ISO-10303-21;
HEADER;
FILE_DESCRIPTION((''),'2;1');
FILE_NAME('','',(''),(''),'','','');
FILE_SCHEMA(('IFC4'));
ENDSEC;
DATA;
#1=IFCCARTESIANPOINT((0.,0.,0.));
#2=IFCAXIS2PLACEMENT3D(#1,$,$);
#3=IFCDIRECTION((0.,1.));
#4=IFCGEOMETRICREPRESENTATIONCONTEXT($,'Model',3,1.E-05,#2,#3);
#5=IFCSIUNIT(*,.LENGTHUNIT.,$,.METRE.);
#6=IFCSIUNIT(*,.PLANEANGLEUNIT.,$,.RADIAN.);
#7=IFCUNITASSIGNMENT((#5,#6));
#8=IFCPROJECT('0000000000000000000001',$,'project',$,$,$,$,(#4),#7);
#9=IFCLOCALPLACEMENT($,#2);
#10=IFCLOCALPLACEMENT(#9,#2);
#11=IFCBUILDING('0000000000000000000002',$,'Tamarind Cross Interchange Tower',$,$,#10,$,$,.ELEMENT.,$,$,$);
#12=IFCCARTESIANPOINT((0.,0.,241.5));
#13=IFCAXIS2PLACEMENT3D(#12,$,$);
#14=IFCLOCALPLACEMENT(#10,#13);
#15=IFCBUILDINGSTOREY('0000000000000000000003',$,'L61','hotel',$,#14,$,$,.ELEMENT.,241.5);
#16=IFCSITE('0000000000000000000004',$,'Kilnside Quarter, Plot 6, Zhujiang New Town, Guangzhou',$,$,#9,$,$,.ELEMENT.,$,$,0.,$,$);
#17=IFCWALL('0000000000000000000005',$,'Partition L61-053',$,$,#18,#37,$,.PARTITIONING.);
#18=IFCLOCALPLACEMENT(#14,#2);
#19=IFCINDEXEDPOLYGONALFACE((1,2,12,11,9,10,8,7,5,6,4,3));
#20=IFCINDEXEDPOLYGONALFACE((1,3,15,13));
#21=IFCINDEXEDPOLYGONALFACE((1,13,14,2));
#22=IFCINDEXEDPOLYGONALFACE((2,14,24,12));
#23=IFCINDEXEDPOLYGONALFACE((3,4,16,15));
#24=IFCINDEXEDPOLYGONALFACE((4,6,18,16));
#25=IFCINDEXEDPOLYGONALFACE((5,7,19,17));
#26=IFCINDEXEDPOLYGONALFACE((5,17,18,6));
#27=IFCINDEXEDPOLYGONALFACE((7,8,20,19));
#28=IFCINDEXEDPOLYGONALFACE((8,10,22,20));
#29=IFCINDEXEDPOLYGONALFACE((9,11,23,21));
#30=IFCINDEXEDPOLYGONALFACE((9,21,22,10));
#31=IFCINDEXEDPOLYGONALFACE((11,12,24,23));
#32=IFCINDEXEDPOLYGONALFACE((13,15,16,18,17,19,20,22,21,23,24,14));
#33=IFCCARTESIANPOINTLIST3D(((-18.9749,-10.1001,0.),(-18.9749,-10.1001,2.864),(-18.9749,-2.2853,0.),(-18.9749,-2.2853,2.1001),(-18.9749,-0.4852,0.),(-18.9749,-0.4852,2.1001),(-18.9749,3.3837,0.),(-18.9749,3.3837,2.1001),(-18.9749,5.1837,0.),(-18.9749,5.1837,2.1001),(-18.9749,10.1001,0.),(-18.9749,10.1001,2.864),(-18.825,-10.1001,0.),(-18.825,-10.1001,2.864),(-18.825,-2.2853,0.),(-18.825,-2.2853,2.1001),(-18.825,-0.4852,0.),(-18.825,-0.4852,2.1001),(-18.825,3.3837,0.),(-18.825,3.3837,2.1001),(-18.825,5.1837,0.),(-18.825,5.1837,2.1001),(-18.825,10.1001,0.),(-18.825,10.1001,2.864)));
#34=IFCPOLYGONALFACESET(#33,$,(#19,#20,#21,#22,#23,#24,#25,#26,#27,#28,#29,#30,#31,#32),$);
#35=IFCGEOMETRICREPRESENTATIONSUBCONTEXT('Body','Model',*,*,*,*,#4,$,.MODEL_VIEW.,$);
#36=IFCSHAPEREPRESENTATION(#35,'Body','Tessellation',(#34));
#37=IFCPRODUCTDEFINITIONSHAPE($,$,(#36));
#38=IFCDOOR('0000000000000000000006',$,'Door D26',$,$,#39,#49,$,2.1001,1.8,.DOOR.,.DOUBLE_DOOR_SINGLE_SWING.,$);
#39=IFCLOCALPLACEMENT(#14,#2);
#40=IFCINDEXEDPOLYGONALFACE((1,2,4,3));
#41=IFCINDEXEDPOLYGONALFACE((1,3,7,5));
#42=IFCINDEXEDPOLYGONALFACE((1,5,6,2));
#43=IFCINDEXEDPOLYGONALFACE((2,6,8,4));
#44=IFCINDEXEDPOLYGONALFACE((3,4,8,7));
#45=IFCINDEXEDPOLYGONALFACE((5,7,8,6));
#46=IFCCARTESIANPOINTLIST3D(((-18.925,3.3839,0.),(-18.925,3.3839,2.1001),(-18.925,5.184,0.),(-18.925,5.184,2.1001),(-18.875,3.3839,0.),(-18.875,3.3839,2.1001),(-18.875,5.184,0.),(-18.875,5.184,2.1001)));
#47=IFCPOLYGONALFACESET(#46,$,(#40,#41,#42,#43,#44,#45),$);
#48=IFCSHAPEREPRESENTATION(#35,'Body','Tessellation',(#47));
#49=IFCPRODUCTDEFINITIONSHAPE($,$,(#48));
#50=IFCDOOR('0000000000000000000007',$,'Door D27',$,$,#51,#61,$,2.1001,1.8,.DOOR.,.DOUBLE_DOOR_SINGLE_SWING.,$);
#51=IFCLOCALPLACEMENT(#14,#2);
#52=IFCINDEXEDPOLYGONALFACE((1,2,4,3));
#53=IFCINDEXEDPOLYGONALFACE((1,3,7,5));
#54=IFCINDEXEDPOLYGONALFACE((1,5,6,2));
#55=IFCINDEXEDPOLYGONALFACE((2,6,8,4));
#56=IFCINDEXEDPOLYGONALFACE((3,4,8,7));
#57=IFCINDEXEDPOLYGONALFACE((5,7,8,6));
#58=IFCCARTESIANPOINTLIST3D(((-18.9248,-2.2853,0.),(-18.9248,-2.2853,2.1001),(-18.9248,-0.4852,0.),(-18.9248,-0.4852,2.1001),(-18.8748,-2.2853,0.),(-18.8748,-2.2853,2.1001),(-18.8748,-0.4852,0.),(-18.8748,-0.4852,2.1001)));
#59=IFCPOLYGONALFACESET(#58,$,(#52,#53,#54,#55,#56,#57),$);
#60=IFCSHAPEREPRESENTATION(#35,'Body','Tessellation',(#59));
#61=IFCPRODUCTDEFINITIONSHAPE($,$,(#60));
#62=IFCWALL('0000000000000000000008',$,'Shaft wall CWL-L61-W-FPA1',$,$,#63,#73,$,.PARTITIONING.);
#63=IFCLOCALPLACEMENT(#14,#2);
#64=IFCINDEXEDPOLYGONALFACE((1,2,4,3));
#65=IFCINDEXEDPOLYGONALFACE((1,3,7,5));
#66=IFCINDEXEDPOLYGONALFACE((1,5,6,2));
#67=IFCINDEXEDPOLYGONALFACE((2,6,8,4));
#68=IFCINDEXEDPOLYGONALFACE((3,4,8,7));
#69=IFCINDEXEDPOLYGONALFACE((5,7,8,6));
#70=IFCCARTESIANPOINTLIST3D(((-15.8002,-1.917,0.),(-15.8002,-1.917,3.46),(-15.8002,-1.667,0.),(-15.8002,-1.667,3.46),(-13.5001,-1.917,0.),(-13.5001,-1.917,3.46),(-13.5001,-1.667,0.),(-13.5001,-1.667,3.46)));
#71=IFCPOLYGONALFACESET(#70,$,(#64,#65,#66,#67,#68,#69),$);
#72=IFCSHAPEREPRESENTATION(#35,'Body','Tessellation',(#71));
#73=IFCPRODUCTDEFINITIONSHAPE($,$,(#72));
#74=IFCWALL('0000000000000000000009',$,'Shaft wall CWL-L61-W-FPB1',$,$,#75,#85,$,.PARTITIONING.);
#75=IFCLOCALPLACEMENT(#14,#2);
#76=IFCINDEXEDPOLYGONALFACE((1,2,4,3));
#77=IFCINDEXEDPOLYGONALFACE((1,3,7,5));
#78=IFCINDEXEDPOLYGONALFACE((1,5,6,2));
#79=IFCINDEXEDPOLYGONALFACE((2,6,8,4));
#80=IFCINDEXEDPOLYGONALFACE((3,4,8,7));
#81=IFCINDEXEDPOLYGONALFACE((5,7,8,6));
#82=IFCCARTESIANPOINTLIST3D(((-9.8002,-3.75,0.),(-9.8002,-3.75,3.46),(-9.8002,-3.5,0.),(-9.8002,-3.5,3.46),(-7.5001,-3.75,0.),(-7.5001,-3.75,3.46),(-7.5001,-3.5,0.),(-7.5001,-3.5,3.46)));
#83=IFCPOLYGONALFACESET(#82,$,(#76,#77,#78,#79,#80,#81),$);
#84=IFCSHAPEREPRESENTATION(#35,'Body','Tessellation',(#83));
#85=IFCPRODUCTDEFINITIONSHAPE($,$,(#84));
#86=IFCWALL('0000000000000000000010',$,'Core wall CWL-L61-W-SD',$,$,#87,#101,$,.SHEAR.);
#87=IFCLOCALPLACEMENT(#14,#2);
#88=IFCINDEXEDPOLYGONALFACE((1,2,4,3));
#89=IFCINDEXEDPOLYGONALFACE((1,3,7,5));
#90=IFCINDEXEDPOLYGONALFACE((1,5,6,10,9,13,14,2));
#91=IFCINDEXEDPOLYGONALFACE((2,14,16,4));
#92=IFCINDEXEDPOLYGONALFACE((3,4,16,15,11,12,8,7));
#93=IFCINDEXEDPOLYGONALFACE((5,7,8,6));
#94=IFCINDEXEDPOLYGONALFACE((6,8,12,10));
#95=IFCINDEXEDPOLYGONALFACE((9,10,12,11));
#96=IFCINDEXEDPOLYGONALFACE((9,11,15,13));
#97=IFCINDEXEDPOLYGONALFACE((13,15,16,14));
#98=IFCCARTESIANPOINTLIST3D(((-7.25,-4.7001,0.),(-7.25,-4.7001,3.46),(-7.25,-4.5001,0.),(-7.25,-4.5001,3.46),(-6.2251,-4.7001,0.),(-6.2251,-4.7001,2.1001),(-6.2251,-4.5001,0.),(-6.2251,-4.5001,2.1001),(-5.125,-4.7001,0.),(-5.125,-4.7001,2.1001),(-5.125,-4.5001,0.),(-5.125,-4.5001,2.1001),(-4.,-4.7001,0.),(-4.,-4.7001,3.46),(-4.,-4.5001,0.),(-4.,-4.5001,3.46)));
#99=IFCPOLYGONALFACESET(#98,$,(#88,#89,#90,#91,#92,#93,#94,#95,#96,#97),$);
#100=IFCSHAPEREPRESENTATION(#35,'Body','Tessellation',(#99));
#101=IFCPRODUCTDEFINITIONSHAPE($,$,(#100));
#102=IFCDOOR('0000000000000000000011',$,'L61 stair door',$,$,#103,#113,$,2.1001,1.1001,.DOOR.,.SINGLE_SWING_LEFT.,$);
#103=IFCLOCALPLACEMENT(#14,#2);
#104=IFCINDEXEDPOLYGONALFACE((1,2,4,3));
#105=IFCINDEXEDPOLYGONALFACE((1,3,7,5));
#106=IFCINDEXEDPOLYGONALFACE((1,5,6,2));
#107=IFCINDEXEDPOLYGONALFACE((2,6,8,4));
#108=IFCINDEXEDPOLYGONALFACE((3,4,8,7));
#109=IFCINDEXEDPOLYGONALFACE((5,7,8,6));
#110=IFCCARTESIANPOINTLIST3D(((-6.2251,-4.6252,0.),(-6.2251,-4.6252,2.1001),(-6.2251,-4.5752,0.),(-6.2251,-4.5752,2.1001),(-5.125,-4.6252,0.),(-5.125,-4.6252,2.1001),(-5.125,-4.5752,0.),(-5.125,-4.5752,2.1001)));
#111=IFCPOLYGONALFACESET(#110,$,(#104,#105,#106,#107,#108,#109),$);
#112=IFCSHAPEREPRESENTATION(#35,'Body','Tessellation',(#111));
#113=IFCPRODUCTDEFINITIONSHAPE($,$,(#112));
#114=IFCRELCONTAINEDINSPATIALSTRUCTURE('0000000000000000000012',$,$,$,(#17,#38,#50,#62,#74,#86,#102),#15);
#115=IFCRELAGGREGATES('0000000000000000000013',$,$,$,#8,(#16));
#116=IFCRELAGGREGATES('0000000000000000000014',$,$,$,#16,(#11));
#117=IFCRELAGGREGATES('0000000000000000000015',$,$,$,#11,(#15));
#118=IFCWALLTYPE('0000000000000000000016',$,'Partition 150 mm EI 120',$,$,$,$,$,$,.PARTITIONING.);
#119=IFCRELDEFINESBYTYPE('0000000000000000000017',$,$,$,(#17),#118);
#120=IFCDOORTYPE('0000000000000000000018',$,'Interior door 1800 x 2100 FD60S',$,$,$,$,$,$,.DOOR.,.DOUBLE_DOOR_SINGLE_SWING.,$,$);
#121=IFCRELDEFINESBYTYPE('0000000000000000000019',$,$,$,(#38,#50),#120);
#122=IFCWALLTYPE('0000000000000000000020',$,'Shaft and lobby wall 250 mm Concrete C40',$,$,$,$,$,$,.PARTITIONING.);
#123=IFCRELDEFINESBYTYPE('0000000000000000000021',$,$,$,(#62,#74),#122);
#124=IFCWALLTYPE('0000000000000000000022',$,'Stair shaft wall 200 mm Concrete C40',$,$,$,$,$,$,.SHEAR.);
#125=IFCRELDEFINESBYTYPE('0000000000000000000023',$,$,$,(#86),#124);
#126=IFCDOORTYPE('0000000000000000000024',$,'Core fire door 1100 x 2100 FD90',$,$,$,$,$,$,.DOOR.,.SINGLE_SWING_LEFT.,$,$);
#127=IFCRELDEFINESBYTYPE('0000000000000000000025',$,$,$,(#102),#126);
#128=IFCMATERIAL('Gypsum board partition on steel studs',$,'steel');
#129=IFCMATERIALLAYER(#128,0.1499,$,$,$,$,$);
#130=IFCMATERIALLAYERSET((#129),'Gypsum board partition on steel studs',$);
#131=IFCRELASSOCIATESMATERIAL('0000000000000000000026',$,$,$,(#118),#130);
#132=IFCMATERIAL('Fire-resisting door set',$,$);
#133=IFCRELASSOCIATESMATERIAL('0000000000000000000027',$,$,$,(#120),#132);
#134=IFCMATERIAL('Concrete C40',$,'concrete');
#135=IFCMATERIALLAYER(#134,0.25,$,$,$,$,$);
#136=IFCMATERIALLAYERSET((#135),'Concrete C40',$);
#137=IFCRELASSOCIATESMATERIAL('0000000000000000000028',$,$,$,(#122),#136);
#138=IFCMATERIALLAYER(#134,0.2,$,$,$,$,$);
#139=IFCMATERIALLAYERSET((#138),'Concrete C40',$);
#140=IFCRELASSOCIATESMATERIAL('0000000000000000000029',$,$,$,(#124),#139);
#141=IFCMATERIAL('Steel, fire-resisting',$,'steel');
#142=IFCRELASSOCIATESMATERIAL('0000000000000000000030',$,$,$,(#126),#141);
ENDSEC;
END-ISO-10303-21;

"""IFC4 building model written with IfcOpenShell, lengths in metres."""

from ifc_helpers import new_model, si_unit, direction, frame, frame_2d, origin, place, context, subcontext, project, spatial, rectangle, extrude, material, layer, layer_set, type_object, element, fill, save


model = new_model("IFC4")

# Units and contexts
model_context = context("Model", 3, precision=1e-05, world=origin(), true_north=direction((0.0, 1.0)))
body_context = subcontext(model_context, "Body", "Model", "MODEL_VIEW")
ifc_project = project(units=[si_unit("LENGTHUNIT", "METRE"), si_unit("PLANEANGLEUNIT", "RADIAN")], contexts=[model_context])

# Site, building, storey
site_placement = place(None, origin())
site = spatial("IfcSite", under=ifc_project, at=site_placement, Name="Kilnside Quarter, Plot 6, Zhujiang New Town, Guangzhou", CompositionType="ELEMENT", RefElevation=0.0)
building_placement = place(site_placement, origin())
building = spatial("IfcBuilding", under=site, at=building_placement, Name="Tamarind Cross Interchange Tower", CompositionType="ELEMENT")
storey_placement = place(building_placement, frame((0.0, 0.0, 241.5)))
storey = spatial("IfcBuildingStorey", under=building, at=storey_placement, Name="L61", Description="hotel", CompositionType="ELEMENT", Elevation=241.5)

# Shared definitions
ifc_material_1 = material(Name="Steel, fire-resisting", Category="steel")

# Shared definitions
ifc_material_2 = material(Name="Gypsum board partition on steel studs", Category="steel")
ifc_layer_1 = layer(ifc_material_2, 0.1499)
ifc_layer_set_1 = layer_set([ifc_layer_1], Name="Gypsum board partition on steel studs")
wall_type_1 = type_object("IfcWallType", Name="Partition 150 mm EI 120", PredefinedType="PARTITIONING", material=ifc_layer_set_1)

# Wall, openings, doors
wall_1_placement = place(storey_placement, frame((-18.8999, -10.1001, 0.0), z_axis=(0.0, 0.0, 1.0), x_axis=(0.0, 1.0, 0.0)))
wall_1 = element("IfcWall", 1, at=wall_1_placement, inside=storey, type_object=wall_type_1, Name="Partition L61-053", PredefinedType="PARTITIONING", context=body_context, shape_type="SweptSolid", body=[
    extrude(rectangle(XDim=20.2002, YDim=0.1499, at=frame_2d((10.1001, 0.0))), origin(), (0.0, 0.0, 1.0), 2.864),
])
opening_1_placement = place(wall_1_placement, frame((13.4839, 0.0, 0.0)))
opening_1 = element("IfcOpeningElement", 2, at=opening_1_placement, cuts=wall_1, PredefinedType="OPENING", context=body_context, shape_type="SweptSolid", body=[
    extrude(rectangle(XDim=1.8, YDim=2.1001, at=frame_2d((0.8999, 1.05))), frame((0.0, 0.085, 0.0), z_axis=(0.0, -1.0, 0.0), x_axis=(1.0, 0.0, 0.0)), (0.0, 0.0, 1.0), 0.1699),
])
opening_2_placement = place(wall_1_placement, frame((7.8149, 0.0, 0.0)))
opening_2 = element("IfcOpeningElement", 3, at=opening_2_placement, cuts=wall_1, PredefinedType="OPENING", context=body_context, shape_type="SweptSolid", body=[
    extrude(rectangle(XDim=1.8, YDim=2.1001, at=frame_2d((0.8999, 1.05))), frame((0.0, 0.085, 0.0), z_axis=(0.0, -1.0, 0.0), x_axis=(1.0, 0.0, 0.0)), (0.0, 0.0, 1.0), 0.1699),
])
ifc_material_3 = material(Name="Fire-resisting door set")
door_type_1 = type_object("IfcDoorType", Name="Interior door 1800 x 2100 FD60S", OperationType="DOUBLE_DOOR_SINGLE_SWING", PredefinedType="DOOR", material=ifc_material_3)
door_1_placement = place(opening_1_placement, frame((1.8, 0.0, 0.0), z_axis=(0.0, 0.0, 1.0), x_axis=(-1.0, 0.0, 0.0)))
door_1 = element("IfcDoor", 4, at=door_1_placement, inside=storey, type_object=door_type_1, Name="Door D26", OperationType="DOUBLE_DOOR_SINGLE_SWING", OverallHeight=2.1001, OverallWidth=1.8, PredefinedType="DOOR", context=body_context, shape_type="SweptSolid", body=[
    extrude(rectangle(XDim=1.8, YDim=2.1001, at=frame_2d((0.8999, 1.05))), frame((0.0, 0.0249, 0.0), z_axis=(0.0, -1.0, 0.0), x_axis=(1.0, 0.0, 0.0)), (0.0, 0.0, 1.0), 0.05),
])
fill(opening_1, door_1)
door_2_placement = place(opening_2_placement, origin())
door_2 = element("IfcDoor", 5, at=door_2_placement, inside=storey, type_object=door_type_1, Name="Door D27", OperationType="DOUBLE_DOOR_SINGLE_SWING", OverallHeight=2.1001, OverallWidth=1.8, PredefinedType="DOOR", context=body_context, shape_type="SweptSolid", body=[
    extrude(rectangle(XDim=1.8, YDim=2.1001, at=frame_2d((0.8999, 1.05))), frame((0.0, 0.0249, 0.0), z_axis=(0.0, -1.0, 0.0), x_axis=(1.0, 0.0, 0.0)), (0.0, 0.0, 1.0), 0.05),
])
fill(opening_2, door_2)

# Walls
ifc_material_4 = material(Name="Concrete C40", Category="concrete")
ifc_layer_2 = layer(ifc_material_4, 0.25)
ifc_layer_set_2 = layer_set([ifc_layer_2], Name="Concrete C40")
wall_type_2 = type_object("IfcWallType", Name="Shaft and lobby wall 250 mm Concrete C40", PredefinedType="PARTITIONING", material=ifc_layer_set_2)
for number, where, z_axis, x_axis, name in (
    (6, (-15.8, -1.792, 0.0), (0.0, 0.0, 1.0), (1.0, 0.0, 0.0), "Shaft wall CWL-L61-W-FPA1"),
    (7, (-9.8, -3.625, 0.0), (0.0, 0.0, 1.0), (1.0, 0.0, 0.0), "Shaft wall CWL-L61-W-FPB1"),
):
    element("IfcWall", number, at=place(storey_placement, frame(where, z_axis=z_axis, x_axis=x_axis)), inside=storey, type_object=wall_type_2, Name=name, PredefinedType="PARTITIONING", context=body_context, shape_type="SweptSolid", body=[
        extrude(rectangle(XDim=2.3, YDim=0.25, at=frame_2d((1.1499, 0.0))), origin(), (0.0, 0.0, 1.0), 3.46),
    ])

# Wall, opening, door
ifc_layer_3 = layer(ifc_material_4, 0.2)
ifc_layer_set_3 = layer_set([ifc_layer_3], Name="Concrete C40")
wall_type_3 = type_object("IfcWallType", Name="Stair shaft wall 200 mm Concrete C40", PredefinedType="SHEAR", material=ifc_layer_set_3)
wall_2_placement = place(storey_placement, frame((-7.25, -4.6001, 0.0), z_axis=(0.0, 0.0, 1.0), x_axis=(1.0, 0.0, 0.0)))
wall_2 = element("IfcWall", 8, at=wall_2_placement, inside=storey, type_object=wall_type_3, Name="Core wall CWL-L61-W-SD", PredefinedType="SHEAR", context=body_context, shape_type="SweptSolid", body=[
    extrude(rectangle(XDim=3.25, YDim=0.2, at=frame_2d((1.625, 0.0))), origin(), (0.0, 0.0, 1.0), 3.46),
])
opening_3_placement = place(wall_2_placement, frame((1.0249, 0.0, 0.0)))
opening_3 = element("IfcOpeningElement", 9, at=opening_3_placement, cuts=wall_2, PredefinedType="OPENING", context=body_context, shape_type="SweptSolid", body=[
    extrude(rectangle(XDim=1.1001, YDim=2.1001, at=frame_2d((0.55, 1.05))), frame((0.0, 0.1099, 0.0), z_axis=(0.0, -1.0, 0.0), x_axis=(1.0, 0.0, 0.0)), (0.0, 0.0, 1.0), 0.22),
])
door_type_2 = type_object("IfcDoorType", Name="Core fire door 1100 x 2100 FD90", OperationType="SINGLE_SWING_LEFT", PredefinedType="DOOR", material=ifc_material_1)
door_3_placement = place(opening_3_placement, origin())
door_3 = element("IfcDoor", 10, at=door_3_placement, inside=storey, type_object=door_type_2, Name="L61 stair door", OperationType="SINGLE_SWING_LEFT", OverallHeight=2.1001, OverallWidth=1.1001, PredefinedType="DOOR", context=body_context, shape_type="SweptSolid", body=[
    extrude(rectangle(XDim=1.1001, YDim=2.1001, at=frame_2d((0.55, 1.05))), frame((0.0, 0.0249, 0.0), z_axis=(0.0, -1.0, 0.0), x_axis=(1.0, 0.0, 0.0)), (0.0, 0.0, 1.0), 0.05),
])
fill(opening_3, door_3)

save(model, "model.ifc")
